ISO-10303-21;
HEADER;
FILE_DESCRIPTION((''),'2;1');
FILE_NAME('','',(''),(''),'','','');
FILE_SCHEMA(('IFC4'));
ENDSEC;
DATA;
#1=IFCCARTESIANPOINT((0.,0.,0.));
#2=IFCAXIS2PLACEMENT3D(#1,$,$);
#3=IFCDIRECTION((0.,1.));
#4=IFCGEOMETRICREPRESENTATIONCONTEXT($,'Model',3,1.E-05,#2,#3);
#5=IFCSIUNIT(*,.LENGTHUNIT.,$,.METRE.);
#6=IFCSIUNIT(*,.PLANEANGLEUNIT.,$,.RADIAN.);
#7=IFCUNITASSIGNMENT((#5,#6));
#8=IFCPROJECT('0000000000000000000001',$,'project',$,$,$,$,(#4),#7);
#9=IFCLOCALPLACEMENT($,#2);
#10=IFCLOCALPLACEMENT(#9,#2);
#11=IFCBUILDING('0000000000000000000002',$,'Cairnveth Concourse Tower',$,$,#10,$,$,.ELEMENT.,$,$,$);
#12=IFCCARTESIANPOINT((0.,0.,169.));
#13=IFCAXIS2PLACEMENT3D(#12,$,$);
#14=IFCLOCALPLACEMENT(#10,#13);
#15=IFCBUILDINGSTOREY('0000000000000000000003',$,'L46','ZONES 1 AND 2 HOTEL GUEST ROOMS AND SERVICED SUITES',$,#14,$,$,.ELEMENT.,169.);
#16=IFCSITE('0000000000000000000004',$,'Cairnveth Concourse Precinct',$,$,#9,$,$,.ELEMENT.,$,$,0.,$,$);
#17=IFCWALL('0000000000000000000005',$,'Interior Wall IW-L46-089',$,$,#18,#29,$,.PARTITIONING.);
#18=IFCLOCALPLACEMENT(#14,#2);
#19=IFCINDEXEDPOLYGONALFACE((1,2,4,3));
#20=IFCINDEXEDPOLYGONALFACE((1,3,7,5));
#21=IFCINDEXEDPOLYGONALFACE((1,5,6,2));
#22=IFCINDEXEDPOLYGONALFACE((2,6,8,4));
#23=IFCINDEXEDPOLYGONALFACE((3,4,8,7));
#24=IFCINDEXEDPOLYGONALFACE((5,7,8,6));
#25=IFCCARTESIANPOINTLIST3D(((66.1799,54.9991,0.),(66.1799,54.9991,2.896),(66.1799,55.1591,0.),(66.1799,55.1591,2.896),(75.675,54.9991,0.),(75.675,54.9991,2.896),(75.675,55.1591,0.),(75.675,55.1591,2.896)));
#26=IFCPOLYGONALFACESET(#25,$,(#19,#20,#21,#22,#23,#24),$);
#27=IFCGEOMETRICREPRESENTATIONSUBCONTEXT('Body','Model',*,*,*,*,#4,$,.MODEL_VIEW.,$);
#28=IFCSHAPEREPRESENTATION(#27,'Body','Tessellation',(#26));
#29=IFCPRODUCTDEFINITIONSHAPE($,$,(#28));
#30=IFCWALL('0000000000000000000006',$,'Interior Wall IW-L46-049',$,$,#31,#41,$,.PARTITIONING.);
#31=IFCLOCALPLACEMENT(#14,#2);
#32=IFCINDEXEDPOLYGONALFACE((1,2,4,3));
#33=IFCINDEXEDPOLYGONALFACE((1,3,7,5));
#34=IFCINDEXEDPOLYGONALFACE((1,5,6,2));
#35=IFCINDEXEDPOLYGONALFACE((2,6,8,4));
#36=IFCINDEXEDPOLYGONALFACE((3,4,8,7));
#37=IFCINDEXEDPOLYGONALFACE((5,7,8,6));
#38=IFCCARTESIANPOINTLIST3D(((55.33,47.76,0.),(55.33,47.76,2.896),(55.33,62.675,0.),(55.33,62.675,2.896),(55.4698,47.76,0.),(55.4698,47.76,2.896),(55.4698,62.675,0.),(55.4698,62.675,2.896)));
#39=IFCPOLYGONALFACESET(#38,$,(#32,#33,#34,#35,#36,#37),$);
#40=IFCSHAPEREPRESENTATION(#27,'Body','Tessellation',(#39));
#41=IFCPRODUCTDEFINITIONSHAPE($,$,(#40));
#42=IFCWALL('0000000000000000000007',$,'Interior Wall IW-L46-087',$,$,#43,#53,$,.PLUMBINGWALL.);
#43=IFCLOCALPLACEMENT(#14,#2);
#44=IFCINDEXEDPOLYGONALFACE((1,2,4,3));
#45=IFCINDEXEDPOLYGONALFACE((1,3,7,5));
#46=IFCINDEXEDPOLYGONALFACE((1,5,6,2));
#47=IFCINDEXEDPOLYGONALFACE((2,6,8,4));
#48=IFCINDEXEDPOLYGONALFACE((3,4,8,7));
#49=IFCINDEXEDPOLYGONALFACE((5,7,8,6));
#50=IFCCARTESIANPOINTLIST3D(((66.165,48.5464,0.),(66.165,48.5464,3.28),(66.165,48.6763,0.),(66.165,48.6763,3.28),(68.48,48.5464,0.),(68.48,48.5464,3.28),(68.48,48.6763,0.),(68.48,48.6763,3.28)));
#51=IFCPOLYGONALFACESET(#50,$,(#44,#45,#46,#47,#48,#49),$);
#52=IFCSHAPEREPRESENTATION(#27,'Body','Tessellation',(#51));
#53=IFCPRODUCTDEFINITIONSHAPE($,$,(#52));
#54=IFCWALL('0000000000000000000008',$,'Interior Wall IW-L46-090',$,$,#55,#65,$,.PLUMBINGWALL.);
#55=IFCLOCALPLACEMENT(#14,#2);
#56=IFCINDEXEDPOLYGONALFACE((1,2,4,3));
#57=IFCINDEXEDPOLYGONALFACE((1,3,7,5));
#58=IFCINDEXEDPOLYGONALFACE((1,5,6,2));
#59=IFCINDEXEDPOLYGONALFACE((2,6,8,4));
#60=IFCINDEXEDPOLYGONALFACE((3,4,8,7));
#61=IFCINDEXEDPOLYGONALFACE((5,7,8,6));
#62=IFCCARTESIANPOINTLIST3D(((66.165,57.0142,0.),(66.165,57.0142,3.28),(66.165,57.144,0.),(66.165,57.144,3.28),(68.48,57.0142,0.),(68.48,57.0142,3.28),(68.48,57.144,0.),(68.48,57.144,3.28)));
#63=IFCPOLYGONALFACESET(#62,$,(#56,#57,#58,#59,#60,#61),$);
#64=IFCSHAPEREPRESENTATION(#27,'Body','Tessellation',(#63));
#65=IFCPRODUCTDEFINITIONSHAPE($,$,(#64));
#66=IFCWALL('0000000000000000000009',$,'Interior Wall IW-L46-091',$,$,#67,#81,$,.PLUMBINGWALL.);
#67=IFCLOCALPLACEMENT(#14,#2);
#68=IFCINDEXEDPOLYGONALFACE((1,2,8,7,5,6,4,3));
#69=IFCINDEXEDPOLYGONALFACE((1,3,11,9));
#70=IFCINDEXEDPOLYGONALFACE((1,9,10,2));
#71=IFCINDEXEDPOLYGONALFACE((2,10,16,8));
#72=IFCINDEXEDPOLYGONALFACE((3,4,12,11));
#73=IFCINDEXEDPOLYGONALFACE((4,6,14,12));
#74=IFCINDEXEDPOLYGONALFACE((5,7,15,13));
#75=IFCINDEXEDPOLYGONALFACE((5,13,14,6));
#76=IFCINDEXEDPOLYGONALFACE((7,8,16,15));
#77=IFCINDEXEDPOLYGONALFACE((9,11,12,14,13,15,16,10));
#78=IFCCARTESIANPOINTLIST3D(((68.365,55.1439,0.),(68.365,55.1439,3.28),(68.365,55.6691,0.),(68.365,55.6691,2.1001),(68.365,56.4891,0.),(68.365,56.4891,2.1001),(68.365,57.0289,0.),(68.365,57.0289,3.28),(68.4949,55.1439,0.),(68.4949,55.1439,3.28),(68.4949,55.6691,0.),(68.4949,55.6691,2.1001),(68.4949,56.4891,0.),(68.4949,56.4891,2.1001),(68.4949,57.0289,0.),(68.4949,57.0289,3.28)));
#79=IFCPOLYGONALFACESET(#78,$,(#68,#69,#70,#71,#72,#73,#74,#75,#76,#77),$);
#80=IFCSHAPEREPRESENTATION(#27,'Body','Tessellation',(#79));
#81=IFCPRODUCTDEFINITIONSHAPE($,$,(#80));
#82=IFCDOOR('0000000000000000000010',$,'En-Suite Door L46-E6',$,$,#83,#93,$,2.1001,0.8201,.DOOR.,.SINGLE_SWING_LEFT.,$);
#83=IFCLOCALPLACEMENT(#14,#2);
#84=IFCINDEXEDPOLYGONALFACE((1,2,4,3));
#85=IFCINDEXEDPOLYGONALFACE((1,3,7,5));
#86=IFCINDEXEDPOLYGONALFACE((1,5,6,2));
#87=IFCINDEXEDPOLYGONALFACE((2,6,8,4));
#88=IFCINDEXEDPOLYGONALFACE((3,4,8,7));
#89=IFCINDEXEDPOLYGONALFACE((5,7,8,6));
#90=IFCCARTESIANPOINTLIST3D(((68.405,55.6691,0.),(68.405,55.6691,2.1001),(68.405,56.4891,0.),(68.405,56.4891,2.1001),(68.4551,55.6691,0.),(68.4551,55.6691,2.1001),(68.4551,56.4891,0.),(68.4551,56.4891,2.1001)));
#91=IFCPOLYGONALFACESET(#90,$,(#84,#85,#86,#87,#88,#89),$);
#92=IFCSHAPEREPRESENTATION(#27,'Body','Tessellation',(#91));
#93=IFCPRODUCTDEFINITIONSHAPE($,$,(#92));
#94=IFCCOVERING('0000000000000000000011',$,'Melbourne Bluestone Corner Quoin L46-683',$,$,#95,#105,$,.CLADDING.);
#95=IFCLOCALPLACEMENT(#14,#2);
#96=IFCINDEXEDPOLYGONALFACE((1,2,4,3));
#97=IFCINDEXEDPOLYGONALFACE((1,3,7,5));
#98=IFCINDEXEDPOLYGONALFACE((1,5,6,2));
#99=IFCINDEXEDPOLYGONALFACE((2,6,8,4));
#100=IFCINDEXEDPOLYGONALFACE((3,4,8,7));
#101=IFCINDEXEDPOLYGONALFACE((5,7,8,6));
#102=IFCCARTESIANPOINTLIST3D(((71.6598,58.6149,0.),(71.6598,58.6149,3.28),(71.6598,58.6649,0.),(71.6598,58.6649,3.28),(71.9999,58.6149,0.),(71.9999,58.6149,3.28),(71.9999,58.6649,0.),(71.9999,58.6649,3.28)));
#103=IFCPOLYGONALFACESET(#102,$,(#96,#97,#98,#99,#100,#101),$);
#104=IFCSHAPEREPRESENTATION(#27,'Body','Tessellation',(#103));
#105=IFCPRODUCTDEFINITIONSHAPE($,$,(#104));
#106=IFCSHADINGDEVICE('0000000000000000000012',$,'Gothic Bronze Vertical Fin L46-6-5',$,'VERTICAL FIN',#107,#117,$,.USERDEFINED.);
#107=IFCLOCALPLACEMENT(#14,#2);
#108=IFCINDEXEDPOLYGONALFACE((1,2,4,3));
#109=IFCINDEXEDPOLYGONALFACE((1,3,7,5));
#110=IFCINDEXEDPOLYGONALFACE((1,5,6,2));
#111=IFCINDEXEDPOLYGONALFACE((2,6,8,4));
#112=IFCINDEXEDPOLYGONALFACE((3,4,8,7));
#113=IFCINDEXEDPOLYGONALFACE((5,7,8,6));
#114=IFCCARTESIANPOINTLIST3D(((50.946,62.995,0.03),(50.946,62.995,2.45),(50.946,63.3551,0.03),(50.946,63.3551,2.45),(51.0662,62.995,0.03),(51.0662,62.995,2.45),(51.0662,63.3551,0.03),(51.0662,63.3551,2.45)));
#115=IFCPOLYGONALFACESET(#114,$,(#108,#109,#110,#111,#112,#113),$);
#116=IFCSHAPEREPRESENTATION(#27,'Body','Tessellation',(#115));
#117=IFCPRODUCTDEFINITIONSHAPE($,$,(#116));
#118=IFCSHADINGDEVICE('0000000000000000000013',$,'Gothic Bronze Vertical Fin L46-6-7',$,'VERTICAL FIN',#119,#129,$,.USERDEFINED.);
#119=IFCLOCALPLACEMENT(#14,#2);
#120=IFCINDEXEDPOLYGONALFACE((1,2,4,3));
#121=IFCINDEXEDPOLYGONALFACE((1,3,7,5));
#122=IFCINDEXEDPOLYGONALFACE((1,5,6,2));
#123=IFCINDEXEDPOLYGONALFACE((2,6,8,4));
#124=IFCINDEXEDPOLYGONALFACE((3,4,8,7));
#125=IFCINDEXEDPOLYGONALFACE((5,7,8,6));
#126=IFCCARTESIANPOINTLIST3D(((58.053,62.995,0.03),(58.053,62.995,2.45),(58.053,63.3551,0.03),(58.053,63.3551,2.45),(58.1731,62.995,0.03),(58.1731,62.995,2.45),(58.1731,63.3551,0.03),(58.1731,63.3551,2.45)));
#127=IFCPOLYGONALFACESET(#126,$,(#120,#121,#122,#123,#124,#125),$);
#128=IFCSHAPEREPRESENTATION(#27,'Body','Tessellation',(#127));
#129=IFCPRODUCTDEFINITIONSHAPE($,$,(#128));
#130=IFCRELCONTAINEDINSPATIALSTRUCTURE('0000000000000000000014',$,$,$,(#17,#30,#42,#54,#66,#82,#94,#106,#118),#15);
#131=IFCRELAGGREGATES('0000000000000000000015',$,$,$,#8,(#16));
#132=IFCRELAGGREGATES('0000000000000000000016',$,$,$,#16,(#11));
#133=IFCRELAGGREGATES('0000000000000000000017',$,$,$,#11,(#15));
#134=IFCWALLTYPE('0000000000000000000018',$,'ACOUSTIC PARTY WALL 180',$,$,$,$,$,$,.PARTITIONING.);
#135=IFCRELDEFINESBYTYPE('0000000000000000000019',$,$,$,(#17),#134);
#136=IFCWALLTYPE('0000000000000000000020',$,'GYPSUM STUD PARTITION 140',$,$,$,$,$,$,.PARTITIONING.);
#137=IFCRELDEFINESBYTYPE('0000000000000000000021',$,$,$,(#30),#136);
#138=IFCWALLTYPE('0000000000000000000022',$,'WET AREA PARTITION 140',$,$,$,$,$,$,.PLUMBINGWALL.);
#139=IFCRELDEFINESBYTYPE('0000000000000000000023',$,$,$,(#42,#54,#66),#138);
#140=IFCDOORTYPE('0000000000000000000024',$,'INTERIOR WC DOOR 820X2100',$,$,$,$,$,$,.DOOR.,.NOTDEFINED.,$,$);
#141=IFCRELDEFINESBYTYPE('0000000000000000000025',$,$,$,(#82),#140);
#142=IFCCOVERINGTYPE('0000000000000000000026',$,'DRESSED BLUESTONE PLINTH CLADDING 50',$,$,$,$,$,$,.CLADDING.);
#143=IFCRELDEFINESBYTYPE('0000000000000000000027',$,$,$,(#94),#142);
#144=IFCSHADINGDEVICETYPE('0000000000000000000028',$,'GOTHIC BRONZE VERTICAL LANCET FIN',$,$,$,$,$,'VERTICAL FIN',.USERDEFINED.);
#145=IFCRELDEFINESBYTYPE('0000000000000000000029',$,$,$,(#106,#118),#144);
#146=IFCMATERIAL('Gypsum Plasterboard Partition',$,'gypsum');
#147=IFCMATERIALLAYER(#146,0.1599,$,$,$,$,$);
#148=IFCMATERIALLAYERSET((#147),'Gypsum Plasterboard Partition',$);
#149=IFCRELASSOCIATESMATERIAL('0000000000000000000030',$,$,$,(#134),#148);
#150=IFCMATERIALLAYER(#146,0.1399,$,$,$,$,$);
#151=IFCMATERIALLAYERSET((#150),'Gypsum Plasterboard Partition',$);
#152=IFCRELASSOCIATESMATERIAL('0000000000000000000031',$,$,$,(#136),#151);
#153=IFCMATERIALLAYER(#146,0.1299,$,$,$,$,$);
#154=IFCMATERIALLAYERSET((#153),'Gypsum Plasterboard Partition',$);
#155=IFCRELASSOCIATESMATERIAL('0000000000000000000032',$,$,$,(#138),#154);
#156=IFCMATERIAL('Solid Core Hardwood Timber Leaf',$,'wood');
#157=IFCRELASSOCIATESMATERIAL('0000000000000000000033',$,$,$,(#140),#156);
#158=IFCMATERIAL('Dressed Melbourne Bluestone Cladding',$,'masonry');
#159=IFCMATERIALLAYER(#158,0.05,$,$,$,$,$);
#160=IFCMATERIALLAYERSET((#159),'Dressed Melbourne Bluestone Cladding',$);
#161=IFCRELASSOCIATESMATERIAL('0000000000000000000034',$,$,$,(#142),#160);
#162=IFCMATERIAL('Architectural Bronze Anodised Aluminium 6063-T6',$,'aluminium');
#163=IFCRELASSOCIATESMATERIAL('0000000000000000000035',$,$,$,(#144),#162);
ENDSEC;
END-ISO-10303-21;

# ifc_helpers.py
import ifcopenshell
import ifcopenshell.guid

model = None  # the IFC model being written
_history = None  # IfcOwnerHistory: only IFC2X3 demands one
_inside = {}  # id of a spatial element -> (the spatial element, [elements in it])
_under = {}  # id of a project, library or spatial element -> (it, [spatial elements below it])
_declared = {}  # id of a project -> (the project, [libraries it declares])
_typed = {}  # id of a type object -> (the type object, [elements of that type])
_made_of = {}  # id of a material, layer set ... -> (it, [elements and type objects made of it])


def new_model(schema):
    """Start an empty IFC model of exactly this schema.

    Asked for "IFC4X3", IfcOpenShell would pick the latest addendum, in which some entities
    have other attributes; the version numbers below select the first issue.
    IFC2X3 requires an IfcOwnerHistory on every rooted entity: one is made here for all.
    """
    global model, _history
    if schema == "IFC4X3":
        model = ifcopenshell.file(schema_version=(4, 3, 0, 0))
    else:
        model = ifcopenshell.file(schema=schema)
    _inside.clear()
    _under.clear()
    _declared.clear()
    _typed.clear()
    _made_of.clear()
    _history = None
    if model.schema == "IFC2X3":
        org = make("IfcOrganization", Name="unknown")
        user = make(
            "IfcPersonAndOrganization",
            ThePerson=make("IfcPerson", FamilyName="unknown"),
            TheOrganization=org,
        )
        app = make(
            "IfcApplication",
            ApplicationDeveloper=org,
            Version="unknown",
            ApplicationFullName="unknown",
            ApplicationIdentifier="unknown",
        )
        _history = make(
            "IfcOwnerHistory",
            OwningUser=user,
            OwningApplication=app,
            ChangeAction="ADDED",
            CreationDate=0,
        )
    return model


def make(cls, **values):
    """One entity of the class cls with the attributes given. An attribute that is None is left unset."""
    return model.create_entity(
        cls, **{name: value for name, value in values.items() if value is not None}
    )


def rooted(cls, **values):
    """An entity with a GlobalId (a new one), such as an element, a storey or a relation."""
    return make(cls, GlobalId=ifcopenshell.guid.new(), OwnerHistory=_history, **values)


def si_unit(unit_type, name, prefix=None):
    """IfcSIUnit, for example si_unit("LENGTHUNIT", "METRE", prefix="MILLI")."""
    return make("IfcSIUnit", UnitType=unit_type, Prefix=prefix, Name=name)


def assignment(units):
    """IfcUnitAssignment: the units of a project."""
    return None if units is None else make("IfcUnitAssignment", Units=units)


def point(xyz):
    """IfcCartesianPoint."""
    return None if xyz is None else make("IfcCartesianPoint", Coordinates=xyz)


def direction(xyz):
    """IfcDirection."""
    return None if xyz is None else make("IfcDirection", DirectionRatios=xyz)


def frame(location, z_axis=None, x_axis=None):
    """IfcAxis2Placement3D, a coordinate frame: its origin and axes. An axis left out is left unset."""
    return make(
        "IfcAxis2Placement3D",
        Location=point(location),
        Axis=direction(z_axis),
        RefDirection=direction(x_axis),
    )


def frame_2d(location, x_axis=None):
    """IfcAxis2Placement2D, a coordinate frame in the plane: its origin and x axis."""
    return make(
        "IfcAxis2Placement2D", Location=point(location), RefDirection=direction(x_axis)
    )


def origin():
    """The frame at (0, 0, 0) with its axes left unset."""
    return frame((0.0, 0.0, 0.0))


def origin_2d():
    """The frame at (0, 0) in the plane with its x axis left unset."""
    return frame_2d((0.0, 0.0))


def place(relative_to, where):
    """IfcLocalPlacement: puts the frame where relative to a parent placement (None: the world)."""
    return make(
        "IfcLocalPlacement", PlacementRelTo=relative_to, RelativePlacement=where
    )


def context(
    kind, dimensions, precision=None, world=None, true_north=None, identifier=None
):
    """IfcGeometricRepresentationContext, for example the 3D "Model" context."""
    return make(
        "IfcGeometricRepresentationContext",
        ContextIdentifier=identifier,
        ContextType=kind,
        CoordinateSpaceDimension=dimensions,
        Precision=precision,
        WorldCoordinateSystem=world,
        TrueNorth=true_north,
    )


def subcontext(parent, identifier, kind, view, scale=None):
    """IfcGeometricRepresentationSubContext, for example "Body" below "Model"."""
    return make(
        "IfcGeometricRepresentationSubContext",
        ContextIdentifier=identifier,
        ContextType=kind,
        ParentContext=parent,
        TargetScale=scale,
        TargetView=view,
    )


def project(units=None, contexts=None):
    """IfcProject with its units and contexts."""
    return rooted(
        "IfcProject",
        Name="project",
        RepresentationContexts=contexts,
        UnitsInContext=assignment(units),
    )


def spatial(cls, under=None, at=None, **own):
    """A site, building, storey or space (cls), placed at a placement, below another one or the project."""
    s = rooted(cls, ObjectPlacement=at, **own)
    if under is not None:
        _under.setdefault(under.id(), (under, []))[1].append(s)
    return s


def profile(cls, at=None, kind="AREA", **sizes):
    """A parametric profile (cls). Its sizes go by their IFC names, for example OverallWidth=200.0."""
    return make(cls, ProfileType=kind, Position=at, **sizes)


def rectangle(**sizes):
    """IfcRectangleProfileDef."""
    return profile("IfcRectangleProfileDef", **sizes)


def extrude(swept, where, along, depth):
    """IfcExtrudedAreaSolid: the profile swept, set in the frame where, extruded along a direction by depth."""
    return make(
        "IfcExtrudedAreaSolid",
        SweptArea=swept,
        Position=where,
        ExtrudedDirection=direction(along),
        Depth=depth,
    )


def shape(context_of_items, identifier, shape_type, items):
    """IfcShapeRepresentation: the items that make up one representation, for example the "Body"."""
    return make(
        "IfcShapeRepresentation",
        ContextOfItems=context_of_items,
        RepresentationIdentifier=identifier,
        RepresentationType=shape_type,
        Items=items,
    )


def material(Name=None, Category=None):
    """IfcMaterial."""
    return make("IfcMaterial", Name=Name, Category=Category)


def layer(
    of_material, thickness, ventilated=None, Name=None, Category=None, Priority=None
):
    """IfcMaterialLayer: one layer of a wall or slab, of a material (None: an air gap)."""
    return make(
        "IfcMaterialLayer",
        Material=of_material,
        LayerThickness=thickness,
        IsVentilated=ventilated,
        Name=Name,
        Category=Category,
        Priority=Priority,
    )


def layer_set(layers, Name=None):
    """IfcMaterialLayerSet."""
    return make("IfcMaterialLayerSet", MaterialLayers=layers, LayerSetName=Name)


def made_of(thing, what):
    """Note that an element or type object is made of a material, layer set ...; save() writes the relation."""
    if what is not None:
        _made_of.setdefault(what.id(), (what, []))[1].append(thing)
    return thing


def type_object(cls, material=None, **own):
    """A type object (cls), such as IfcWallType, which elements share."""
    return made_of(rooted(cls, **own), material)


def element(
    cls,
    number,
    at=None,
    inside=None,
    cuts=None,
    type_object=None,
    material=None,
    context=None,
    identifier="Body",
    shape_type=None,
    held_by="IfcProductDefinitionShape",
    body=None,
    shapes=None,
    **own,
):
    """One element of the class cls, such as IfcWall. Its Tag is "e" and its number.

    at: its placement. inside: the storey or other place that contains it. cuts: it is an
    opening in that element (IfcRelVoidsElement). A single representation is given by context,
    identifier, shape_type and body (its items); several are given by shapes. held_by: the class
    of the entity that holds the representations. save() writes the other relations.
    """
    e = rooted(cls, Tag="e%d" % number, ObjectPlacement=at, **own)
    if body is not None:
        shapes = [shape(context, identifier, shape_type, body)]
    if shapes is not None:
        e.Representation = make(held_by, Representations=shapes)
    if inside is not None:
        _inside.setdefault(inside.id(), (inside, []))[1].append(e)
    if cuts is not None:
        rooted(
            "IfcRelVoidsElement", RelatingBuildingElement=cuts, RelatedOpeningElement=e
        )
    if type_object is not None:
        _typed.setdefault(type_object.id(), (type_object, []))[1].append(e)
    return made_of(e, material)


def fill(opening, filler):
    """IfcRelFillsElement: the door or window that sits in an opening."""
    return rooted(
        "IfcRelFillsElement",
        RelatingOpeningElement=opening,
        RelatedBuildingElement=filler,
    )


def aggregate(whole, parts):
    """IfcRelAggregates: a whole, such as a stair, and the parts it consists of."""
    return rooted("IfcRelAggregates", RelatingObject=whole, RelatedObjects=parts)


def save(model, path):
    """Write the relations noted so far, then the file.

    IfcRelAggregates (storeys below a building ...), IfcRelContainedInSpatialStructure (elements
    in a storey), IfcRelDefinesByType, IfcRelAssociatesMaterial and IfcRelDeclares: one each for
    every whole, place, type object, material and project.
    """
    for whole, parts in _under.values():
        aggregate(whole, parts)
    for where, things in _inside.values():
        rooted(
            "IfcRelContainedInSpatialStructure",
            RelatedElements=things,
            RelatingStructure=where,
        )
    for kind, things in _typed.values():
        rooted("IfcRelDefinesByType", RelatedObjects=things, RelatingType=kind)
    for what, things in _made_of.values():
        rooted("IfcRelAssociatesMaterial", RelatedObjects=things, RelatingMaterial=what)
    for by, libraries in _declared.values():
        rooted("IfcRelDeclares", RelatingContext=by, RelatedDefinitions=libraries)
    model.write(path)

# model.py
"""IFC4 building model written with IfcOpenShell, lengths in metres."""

from ifc_helpers import new_model, si_unit, direction, frame, frame_2d, origin, origin_2d, place, context, subcontext, project, spatial, rectangle, extrude, material, layer, layer_set, type_object, element, fill, save


model = new_model("IFC4")

# Units and contexts
model_context = context("Model", 3, precision=1e-05, world=origin(), true_north=direction((0.0, 1.0)))
body_context = subcontext(model_context, "Body", "Model", "MODEL_VIEW")
ifc_project = project(units=[si_unit("LENGTHUNIT", "METRE"), si_unit("PLANEANGLEUNIT", "RADIAN")], contexts=[model_context])

# Site, building, storey
site_placement = place(None, origin())
site = spatial("IfcSite", under=ifc_project, at=site_placement, Name="Cairnveth Concourse Precinct", CompositionType="ELEMENT", RefElevation=0.0)
building_placement = place(site_placement, origin())
building = spatial("IfcBuilding", under=site, at=building_placement, Name="Cairnveth Concourse Tower", CompositionType="ELEMENT")
storey_placement = place(building_placement, frame((0.0, 0.0, 169.0)))
storey = spatial("IfcBuildingStorey", under=building, at=storey_placement, Name="L46", Description="ZONES 1 AND 2 HOTEL GUEST ROOMS AND SERVICED SUITES", CompositionType="ELEMENT", Elevation=169.0)

# Shared definitions
ifc_material_1 = material(Name="Gypsum Plasterboard Partition", Category="gypsum")
ifc_layer_1 = layer(ifc_material_1, 0.1599)
ifc_layer_set_1 = layer_set([ifc_layer_1], Name="Gypsum Plasterboard Partition")
wall_type_1 = type_object("IfcWallType", Name="ACOUSTIC PARTY WALL 180", PredefinedType="PARTITIONING", material=ifc_layer_set_1)
ifc_material_2 = material(Name="Solid Core Hardwood Timber Leaf", Category="wood")

# Walls
wall_1_placement = place(storey_placement, frame((66.1799, 55.0791, 0.0), z_axis=(0.0, 0.0, 1.0), x_axis=(1.0, 0.0, 0.0)))
element("IfcWall", 1, at=wall_1_placement, inside=storey, type_object=wall_type_1, Name="Interior Wall IW-L46-089", PredefinedType="PARTITIONING", context=body_context, shape_type="SweptSolid", body=[
    extrude(rectangle(XDim=9.4951, YDim=0.1599, at=frame_2d((4.7476, 0.0))), origin(), (0.0, 0.0, 1.0), 2.896),
])
ifc_layer_2 = layer(ifc_material_1, 0.1399)
ifc_layer_set_2 = layer_set([ifc_layer_2], Name="Gypsum Plasterboard Partition")
wall_type_2 = type_object("IfcWallType", Name="GYPSUM STUD PARTITION 140", PredefinedType="PARTITIONING", material=ifc_layer_set_2)
wall_2_placement = place(storey_placement, frame((55.3999, 47.76, 0.0), z_axis=(0.0, 0.0, 1.0), x_axis=(0.0, 1.0, 0.0)))
element("IfcWall", 2, at=wall_2_placement, inside=storey, type_object=wall_type_2, Name="Interior Wall IW-L46-049", PredefinedType="PARTITIONING", context=body_context, shape_type="SweptSolid", body=[
    extrude(rectangle(XDim=14.915, YDim=0.1399, at=frame_2d((7.4575, 0.0))), origin(), (0.0, 0.0, 1.0), 2.896),
])
ifc_layer_3 = layer(ifc_material_1, 0.1299)
ifc_layer_set_3 = layer_set([ifc_layer_3], Name="Gypsum Plasterboard Partition")
wall_type_3 = type_object("IfcWallType", Name="WET AREA PARTITION 140", PredefinedType="PLUMBINGWALL", material=ifc_layer_set_3)
for number, where, z_axis, x_axis, name in (
    (3, (66.165, 48.6113, 0.0), (0.0, 0.0, 1.0), (1.0, 0.0, 0.0), "Interior Wall IW-L46-087"),
    (4, (66.165, 57.0791, 0.0), (0.0, 0.0, 1.0), (1.0, 0.0, 0.0), "Interior Wall IW-L46-090"),
):
    element("IfcWall", number, at=place(storey_placement, frame(where, z_axis=z_axis, x_axis=x_axis)), inside=storey, type_object=wall_type_3, Name=name, PredefinedType="PLUMBINGWALL", context=body_context, shape_type="SweptSolid", body=[
        extrude(rectangle(XDim=2.3149, YDim=0.1299, at=frame_2d((1.1575, 0.0))), origin(), (0.0, 0.0, 1.0), 3.28),
    ])

# Wall, opening, door
wall_3_placement = place(storey_placement, frame((68.4299, 55.144, 0.0), z_axis=(0.0, 0.0, 1.0), x_axis=(0.0, 1.0, 0.0)))
wall_3 = element("IfcWall", 5, at=wall_3_placement, inside=storey, type_object=wall_type_3, Name="Interior Wall IW-L46-091", PredefinedType="PLUMBINGWALL", context=body_context, shape_type="SweptSolid", body=[
    extrude(rectangle(XDim=1.885, YDim=0.1299, at=frame_2d((0.9424, 0.0))), origin(), (0.0, 0.0, 1.0), 3.28),
])
opening_1_placement = place(wall_3_placement, frame((0.5249, 0.0, 0.0)))
opening_1 = element("IfcOpeningElement", 6, at=opening_1_placement, cuts=wall_3, PredefinedType="OPENING", context=body_context, shape_type="SweptSolid", body=[
    extrude(rectangle(XDim=0.8201, YDim=2.1001, at=frame_2d((0.4102, 1.05))), frame((0.0, 0.075, 0.0), z_axis=(0.0, -1.0, 0.0), x_axis=(1.0, 0.0, 0.0)), (0.0, 0.0, 1.0), 0.1499),
])
door_type_1 = type_object("IfcDoorType", Name="INTERIOR WC DOOR 820X2100", OperationType="NOTDEFINED", PredefinedType="DOOR", material=ifc_material_2)
door_1_placement = place(opening_1_placement, origin())
door_1 = element("IfcDoor", 7, at=door_1_placement, inside=storey, type_object=door_type_1, Name="En-Suite Door L46-E6", OperationType="SINGLE_SWING_LEFT", OverallHeight=2.1001, OverallWidth=0.8201, PredefinedType="DOOR", context=body_context, shape_type="SweptSolid", body=[
    extrude(rectangle(XDim=0.8201, YDim=2.1001, at=frame_2d((0.4102, 1.05))), frame((0.0, 0.0249, 0.0), z_axis=(0.0, -1.0, 0.0), x_axis=(1.0, 0.0, 0.0)), (0.0, 0.0, 1.0), 0.05),
])
fill(opening_1, door_1)

# Covering
ifc_material_3 = material(Name="Dressed Melbourne Bluestone Cladding", Category="masonry")
ifc_layer_4 = layer(ifc_material_3, 0.05)
ifc_layer_set_4 = layer_set([ifc_layer_4], Name="Dressed Melbourne Bluestone Cladding")
covering_type = type_object("IfcCoveringType", Name="DRESSED BLUESTONE PLINTH CLADDING 50", PredefinedType="CLADDING", material=ifc_layer_set_4)
covering_placement = place(storey_placement, frame((71.6599, 58.6399, 0.0), z_axis=(0.0, 0.0, 1.0), x_axis=(1.0, 0.0, 0.0)))
element("IfcCovering", 8, at=covering_placement, inside=storey, type_object=covering_type, Name="Melbourne Bluestone Corner Quoin L46-683", PredefinedType="CLADDING", context=body_context, shape_type="SweptSolid", body=[
    extrude(rectangle(XDim=0.3401, YDim=0.05, at=frame_2d((0.1699, 0.0))), origin(), (0.0, 0.0, 1.0), 3.28),
])

# Shading devices
ifc_material_4 = material(Name="Architectural Bronze Anodised Aluminium 6063-T6", Category="aluminium")
shading_device_type = type_object("IfcShadingDeviceType", Name="GOTHIC BRONZE VERTICAL LANCET FIN", ElementType="VERTICAL FIN", PredefinedType="USERDEFINED", material=ifc_material_4)
for number, where, z_axis, x_axis, name in (
    (9, (51.0061, 63.175, 0.03), (0.0, 0.0, 1.0), (1.0, 0.0, 0.0), "Gothic Bronze Vertical Fin L46-6-5"),
    (10, (58.113, 63.175, 0.03), (0.0, 0.0, 1.0), (1.0, 0.0, 0.0), "Gothic Bronze Vertical Fin L46-6-7"),
):
    element("IfcShadingDevice", number, at=place(storey_placement, frame(where, z_axis=z_axis, x_axis=x_axis)), inside=storey, type_object=shading_device_type, Name=name, ObjectType="VERTICAL FIN", PredefinedType="USERDEFINED", context=body_context, shape_type="SweptSolid", body=[
        extrude(rectangle(XDim=0.1201, YDim=0.3601, at=origin_2d()), origin(), (0.0, 0.0, 1.0), 2.4199),
    ])

save(model, "model.ifc")
